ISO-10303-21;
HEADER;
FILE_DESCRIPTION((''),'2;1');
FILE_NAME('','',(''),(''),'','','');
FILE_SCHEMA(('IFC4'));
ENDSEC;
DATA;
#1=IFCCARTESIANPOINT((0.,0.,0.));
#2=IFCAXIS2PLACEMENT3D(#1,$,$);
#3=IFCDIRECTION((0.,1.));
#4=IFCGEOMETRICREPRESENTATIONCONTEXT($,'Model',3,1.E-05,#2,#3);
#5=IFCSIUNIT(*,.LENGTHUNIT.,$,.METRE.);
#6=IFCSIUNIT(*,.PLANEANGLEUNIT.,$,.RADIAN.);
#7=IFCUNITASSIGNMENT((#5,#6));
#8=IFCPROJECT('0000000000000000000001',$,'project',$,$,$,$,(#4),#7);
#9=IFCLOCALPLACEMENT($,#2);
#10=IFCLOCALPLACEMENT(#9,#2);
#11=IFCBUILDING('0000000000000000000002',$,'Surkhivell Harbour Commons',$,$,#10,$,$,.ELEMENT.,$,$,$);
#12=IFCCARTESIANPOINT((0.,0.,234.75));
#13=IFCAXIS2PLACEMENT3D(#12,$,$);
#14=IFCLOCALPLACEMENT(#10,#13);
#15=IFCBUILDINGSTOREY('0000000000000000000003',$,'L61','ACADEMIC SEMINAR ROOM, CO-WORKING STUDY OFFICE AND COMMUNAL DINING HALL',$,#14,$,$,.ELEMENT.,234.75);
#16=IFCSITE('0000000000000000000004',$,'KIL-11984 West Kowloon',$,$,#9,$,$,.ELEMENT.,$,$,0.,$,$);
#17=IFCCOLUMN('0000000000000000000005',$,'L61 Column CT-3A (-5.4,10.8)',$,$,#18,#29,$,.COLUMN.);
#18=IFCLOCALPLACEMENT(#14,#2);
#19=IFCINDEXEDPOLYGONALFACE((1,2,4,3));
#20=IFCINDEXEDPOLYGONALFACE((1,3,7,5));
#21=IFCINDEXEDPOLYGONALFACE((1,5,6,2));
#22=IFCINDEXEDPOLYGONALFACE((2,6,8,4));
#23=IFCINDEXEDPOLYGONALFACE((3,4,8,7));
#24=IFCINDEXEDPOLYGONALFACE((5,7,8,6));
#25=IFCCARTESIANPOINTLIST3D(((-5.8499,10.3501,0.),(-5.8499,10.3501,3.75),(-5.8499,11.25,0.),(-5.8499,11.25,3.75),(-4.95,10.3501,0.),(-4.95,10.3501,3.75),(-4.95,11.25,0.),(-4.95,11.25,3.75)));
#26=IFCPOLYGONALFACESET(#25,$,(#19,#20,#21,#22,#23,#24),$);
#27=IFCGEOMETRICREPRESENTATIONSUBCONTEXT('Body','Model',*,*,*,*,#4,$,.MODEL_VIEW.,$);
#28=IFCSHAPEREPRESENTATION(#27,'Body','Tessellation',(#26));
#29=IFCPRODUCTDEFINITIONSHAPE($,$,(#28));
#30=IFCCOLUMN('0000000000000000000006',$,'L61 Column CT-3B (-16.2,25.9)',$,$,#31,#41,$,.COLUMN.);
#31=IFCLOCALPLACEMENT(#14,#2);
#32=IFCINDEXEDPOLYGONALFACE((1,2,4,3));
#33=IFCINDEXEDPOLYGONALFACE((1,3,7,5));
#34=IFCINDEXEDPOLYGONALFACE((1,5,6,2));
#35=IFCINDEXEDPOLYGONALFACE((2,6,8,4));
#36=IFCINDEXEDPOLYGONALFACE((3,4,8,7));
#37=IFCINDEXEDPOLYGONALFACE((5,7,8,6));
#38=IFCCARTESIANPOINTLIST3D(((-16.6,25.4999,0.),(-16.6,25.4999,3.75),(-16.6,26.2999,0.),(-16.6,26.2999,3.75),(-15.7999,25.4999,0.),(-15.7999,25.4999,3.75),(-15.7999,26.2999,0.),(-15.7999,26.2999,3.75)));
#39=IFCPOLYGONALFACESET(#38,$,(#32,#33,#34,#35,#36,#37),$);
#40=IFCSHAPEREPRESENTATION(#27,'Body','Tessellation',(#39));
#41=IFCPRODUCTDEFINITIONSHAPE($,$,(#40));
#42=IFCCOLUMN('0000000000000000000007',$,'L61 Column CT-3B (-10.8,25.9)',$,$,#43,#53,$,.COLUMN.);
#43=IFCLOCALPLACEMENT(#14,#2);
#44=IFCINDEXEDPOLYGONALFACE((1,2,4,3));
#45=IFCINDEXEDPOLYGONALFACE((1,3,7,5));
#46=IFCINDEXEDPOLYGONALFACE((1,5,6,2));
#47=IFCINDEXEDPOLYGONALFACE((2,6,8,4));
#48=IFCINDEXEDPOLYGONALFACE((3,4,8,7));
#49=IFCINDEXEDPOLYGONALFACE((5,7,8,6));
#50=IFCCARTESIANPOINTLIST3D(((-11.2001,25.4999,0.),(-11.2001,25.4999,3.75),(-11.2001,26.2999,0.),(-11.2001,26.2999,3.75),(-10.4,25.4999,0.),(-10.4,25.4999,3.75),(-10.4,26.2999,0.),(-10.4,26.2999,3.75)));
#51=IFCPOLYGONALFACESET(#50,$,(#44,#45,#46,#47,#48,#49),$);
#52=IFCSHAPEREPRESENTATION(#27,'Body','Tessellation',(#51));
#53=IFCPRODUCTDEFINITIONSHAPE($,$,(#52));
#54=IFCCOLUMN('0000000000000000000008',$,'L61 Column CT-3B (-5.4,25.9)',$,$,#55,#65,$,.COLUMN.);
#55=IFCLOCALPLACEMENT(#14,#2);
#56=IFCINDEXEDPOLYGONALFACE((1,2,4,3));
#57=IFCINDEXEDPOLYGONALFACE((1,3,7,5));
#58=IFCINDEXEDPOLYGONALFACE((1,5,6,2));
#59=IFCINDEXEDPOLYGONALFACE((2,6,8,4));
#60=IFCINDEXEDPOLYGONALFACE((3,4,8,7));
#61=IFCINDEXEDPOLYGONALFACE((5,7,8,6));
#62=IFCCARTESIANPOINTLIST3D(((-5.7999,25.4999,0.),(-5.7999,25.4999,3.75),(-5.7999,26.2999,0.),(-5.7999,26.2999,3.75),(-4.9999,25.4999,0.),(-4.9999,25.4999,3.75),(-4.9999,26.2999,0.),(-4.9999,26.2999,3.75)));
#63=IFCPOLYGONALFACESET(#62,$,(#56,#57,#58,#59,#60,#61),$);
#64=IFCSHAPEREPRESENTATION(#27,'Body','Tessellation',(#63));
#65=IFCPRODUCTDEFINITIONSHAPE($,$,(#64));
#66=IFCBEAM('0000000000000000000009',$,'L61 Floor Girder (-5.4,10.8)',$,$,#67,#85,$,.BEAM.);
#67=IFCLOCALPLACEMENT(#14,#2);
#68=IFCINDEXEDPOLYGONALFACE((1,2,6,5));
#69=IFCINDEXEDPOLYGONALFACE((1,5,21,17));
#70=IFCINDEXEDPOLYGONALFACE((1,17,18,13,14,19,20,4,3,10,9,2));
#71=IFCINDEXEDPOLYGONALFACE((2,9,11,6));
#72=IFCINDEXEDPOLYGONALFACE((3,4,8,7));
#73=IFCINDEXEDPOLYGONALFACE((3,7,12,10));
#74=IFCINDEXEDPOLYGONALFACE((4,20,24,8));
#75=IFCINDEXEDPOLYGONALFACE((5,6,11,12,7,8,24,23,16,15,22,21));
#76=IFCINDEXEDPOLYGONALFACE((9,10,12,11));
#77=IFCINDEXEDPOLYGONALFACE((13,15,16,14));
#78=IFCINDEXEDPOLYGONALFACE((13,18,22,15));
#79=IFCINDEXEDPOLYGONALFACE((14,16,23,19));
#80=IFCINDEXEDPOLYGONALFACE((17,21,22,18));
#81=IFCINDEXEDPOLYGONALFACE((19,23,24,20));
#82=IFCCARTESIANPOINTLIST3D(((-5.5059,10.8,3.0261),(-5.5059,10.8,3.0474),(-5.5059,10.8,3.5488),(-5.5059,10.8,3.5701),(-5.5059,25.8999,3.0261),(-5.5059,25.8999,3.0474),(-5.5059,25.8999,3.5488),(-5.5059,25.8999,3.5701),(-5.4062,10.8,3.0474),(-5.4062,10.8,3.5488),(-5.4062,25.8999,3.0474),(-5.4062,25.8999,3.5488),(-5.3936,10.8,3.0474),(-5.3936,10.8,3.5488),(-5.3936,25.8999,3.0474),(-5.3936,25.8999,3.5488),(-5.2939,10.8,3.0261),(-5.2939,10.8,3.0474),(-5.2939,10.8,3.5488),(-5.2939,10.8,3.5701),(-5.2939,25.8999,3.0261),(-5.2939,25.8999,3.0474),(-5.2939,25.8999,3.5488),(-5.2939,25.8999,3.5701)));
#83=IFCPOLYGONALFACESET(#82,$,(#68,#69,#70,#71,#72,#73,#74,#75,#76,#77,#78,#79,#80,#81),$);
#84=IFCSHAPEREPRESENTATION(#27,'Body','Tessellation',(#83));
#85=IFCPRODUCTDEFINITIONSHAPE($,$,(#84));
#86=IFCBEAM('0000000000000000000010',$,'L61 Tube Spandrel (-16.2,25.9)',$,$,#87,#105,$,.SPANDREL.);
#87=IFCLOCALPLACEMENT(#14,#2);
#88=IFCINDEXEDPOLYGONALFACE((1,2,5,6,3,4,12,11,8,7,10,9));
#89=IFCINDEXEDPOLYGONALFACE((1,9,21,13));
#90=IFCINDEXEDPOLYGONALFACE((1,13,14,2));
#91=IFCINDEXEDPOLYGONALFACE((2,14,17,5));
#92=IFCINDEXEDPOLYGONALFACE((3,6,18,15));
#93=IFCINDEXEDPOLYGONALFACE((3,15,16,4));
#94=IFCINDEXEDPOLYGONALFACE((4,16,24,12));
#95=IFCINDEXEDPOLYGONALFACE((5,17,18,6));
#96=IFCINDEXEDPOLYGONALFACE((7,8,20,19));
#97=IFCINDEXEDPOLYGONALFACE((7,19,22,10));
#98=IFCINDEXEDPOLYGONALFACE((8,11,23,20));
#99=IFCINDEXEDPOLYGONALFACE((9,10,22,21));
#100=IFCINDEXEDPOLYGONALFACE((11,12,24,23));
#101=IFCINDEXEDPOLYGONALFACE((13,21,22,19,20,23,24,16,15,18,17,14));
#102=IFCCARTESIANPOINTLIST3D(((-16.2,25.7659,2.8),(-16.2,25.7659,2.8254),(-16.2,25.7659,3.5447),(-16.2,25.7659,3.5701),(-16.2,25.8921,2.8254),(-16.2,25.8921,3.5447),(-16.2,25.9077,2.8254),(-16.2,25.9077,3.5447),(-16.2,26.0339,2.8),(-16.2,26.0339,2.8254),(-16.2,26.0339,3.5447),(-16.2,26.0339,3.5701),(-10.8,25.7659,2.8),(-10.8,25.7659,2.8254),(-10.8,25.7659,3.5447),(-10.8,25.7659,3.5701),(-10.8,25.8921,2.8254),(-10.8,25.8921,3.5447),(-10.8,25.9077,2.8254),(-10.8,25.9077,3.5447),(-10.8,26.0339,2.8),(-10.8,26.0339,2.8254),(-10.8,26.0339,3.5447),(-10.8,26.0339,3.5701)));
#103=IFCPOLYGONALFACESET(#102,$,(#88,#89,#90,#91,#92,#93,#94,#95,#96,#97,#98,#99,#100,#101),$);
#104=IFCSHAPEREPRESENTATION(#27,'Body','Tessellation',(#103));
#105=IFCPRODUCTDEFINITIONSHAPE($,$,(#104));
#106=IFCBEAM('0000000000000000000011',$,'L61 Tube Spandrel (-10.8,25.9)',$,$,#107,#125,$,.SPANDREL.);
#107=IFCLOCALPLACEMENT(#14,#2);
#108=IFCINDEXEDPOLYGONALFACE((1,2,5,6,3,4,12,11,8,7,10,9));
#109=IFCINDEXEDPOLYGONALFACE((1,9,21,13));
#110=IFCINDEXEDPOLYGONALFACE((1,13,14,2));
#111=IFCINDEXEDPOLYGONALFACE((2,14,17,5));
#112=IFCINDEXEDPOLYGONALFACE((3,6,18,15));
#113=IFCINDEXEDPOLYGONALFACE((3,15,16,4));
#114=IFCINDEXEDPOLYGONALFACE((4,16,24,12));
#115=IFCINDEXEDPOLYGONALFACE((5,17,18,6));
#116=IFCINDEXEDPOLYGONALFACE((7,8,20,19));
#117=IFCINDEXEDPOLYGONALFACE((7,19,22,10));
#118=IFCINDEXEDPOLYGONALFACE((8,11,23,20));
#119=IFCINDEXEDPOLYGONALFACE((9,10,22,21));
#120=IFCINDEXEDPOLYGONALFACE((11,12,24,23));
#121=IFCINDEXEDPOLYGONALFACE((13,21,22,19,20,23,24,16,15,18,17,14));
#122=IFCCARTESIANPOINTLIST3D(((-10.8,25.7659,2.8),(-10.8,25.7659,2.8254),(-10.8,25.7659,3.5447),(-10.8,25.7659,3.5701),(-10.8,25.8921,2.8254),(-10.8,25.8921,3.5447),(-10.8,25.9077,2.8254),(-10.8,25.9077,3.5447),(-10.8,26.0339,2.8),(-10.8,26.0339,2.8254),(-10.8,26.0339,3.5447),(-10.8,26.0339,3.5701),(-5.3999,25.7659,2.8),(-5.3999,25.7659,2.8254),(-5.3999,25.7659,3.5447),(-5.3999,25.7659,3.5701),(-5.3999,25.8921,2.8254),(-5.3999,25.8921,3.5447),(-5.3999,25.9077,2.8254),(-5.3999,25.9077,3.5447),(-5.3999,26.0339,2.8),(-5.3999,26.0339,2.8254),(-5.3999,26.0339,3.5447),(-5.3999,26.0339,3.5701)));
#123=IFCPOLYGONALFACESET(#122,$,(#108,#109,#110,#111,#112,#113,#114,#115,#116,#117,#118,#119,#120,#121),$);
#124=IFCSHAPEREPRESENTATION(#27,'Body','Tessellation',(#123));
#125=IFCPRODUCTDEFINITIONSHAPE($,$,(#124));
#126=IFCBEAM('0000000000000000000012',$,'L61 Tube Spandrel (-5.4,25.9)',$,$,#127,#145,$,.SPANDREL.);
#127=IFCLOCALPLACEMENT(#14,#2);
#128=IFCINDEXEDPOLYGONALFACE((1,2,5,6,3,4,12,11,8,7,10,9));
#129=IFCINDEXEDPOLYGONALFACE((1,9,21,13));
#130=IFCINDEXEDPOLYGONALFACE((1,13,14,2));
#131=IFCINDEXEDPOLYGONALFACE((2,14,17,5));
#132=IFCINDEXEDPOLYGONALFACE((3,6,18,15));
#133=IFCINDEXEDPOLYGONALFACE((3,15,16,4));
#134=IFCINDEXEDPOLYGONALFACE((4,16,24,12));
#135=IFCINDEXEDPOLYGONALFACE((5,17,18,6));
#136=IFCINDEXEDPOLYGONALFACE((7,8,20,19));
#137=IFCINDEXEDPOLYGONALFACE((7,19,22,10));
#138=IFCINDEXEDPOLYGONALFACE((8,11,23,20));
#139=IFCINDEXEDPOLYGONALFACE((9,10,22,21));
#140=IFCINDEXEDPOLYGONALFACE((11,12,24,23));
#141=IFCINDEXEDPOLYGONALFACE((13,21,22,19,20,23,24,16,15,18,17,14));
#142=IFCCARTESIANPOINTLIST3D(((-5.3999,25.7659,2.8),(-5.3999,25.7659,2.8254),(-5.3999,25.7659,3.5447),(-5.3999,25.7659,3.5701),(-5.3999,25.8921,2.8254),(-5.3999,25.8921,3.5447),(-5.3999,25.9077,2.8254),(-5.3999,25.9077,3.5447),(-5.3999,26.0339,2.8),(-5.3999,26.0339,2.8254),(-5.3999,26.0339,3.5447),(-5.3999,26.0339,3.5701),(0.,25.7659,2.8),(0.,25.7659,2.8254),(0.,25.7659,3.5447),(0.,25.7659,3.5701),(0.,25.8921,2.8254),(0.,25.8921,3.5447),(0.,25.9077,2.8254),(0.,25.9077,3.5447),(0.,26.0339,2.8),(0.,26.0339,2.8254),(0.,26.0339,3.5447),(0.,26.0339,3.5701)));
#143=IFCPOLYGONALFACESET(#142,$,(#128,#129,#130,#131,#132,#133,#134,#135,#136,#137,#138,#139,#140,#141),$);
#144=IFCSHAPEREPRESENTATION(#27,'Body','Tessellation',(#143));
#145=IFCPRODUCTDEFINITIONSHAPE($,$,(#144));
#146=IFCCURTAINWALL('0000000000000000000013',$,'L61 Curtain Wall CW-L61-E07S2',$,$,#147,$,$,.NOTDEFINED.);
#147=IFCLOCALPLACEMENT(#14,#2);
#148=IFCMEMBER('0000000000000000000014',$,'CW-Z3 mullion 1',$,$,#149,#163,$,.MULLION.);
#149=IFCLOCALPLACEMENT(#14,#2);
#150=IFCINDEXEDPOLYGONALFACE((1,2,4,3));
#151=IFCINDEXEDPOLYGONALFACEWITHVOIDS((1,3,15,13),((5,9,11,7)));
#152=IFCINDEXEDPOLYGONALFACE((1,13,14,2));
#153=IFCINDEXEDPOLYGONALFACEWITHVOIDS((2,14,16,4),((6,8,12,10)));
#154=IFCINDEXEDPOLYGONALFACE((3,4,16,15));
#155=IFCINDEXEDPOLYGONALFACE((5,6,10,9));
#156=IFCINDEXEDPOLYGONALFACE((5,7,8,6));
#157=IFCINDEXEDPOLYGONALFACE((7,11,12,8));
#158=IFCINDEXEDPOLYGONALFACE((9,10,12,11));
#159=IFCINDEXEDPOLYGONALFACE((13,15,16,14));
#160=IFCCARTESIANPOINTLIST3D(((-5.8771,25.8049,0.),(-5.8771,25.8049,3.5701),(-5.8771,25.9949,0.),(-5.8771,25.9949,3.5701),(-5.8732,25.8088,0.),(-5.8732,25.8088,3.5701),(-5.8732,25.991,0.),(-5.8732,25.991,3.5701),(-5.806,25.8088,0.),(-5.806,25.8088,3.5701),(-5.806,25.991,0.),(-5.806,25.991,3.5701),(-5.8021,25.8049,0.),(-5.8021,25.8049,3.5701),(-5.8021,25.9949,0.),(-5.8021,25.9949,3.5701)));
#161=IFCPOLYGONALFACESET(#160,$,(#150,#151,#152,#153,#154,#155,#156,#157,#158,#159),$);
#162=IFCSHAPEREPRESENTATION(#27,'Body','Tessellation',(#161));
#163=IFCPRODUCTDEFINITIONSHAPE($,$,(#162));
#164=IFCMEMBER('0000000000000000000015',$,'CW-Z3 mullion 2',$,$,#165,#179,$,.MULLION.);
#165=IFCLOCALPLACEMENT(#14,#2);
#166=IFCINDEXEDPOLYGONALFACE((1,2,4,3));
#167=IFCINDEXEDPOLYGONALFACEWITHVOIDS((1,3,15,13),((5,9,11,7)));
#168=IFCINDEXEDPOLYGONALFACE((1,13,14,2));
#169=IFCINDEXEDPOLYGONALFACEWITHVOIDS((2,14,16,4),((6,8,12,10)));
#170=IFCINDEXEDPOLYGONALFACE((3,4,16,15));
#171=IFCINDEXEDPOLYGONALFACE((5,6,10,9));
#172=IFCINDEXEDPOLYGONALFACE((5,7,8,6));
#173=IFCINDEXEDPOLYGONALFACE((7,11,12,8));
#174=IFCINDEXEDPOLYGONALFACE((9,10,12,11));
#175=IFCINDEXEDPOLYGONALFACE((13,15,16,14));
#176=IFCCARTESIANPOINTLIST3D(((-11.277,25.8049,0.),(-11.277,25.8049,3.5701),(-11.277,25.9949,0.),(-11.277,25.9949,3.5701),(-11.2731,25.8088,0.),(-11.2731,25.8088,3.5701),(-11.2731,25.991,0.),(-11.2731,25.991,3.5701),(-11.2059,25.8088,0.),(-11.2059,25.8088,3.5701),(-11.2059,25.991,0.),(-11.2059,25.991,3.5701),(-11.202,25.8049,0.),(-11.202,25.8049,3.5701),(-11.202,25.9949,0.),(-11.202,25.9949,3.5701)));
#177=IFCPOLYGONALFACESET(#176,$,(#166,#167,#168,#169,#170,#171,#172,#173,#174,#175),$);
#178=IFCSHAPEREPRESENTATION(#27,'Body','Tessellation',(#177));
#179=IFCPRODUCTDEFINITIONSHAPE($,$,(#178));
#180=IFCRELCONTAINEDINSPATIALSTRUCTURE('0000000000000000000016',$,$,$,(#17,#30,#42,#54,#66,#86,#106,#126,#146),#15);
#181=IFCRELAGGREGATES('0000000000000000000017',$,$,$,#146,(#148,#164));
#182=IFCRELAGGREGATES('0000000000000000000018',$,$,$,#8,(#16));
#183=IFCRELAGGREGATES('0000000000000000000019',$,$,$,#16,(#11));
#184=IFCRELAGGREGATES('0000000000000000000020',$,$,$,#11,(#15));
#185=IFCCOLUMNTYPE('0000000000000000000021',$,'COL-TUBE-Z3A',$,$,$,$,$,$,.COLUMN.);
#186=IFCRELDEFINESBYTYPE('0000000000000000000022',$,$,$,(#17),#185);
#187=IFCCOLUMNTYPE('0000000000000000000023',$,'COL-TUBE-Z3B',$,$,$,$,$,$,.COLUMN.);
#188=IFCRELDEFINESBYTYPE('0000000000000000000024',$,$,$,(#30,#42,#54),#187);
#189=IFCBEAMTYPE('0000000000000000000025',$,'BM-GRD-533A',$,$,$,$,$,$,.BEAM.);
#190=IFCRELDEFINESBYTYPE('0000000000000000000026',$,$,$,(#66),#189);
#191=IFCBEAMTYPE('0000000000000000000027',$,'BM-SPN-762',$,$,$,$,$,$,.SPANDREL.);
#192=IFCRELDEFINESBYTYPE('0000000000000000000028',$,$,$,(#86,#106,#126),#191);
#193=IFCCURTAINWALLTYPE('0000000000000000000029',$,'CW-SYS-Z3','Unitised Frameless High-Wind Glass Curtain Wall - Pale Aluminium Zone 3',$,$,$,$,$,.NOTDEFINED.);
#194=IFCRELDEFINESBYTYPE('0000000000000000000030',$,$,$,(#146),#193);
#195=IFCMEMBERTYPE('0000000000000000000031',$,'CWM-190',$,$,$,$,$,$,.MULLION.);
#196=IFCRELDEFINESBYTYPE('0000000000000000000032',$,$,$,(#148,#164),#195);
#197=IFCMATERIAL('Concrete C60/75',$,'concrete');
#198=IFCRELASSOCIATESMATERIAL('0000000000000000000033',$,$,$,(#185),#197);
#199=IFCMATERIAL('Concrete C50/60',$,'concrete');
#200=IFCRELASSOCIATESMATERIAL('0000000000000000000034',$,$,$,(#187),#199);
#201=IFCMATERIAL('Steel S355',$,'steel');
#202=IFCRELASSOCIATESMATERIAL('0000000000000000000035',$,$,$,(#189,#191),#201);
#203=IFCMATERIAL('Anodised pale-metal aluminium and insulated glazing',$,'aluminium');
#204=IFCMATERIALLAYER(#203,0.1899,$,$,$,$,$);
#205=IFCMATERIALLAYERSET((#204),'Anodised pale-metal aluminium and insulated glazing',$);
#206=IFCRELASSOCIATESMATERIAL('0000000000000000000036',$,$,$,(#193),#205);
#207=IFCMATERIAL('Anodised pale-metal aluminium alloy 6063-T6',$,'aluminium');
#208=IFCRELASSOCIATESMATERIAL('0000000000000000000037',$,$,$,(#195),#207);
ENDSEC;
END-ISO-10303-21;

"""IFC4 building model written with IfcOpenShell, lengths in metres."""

from ifc_helpers import new_model, si_unit, direction, frame, origin, origin_2d, place, context, subcontext, project, spatial, rectangle, hollow_rectangle, i_section, extrude, material, layer, layer_set, material_profile, profile_set, type_object, element, aggregate, save


model = new_model("IFC4")

# Units and contexts
model_context = context("Model", 3, precision=1e-05, world=origin(), true_north=direction((0.0, 1.0)))
body_context = subcontext(model_context, "Body", "Model", "MODEL_VIEW")
ifc_project = project(units=[si_unit("LENGTHUNIT", "METRE"), si_unit("PLANEANGLEUNIT", "RADIAN")], contexts=[model_context])

# Site, building, storey
site_placement = place(None, origin())
site = spatial("IfcSite", under=ifc_project, at=site_placement, Name="KIL-11984 West Kowloon", CompositionType="ELEMENT", RefElevation=0.0)
building_placement = place(site_placement, origin())
building = spatial("IfcBuilding", under=site, at=building_placement, Name="Surkhivell Harbour Commons", CompositionType="ELEMENT")
storey_placement = place(building_placement, frame((0.0, 0.0, 234.75)))
storey = spatial("IfcBuildingStorey", under=building, at=storey_placement, Name="L61", Description="ACADEMIC SEMINAR ROOM, CO-WORKING STUDY OFFICE AND COMMUNAL DINING HALL", CompositionType="ELEMENT", Elevation=234.75)

# Columns
ifc_material_1 = material(Name="Concrete C60/75", Category="concrete")
ifc_material_profile_1 = material_profile(ifc_material_1, rectangle(XDim=0.8999, YDim=0.8999, at=origin_2d()), Name="RC-COL-900x900")
ifc_profile_set_1 = profile_set([ifc_material_profile_1], Name="Concrete C60/75")
column_type_1 = type_object("IfcColumnType", Name="COL-TUBE-Z3A", PredefinedType="COLUMN", material=ifc_profile_set_1)
column_placement = place(storey_placement, frame((-5.3999, 10.8, 0.0), z_axis=(0.0, 0.0, 1.0), x_axis=(1.0, 0.0, 0.0)))
element("IfcColumn", 1, at=column_placement, inside=storey, type_object=column_type_1, Name="L61 Column CT-3A (-5.4,10.8)", PredefinedType="COLUMN", context=body_context, shape_type="SweptSolid", body=[
    extrude(rectangle(XDim=0.8999, YDim=0.8999, at=origin_2d()), origin(), (0.0, 0.0, 1.0), 3.75),
])
ifc_material_2 = material(Name="Concrete C50/60", Category="concrete")
ifc_material_profile_2 = material_profile(ifc_material_2, rectangle(XDim=0.8, YDim=0.8, at=origin_2d()), Name="RC-COL-800x800")
ifc_profile_set_2 = profile_set([ifc_material_profile_2], Name="Concrete C50/60")
column_type_2 = type_object("IfcColumnType", Name="COL-TUBE-Z3B", PredefinedType="COLUMN", material=ifc_profile_set_2)
for number, where, z_axis, x_axis, name in (
    (2, (-16.2, 25.8999, 0.0), (0.0, 0.0, 1.0), (1.0, 0.0, 0.0), "L61 Column CT-3B (-16.2,25.9)"),
    (3, (-10.8, 25.8999, 0.0), (0.0, 0.0, 1.0), (1.0, 0.0, 0.0), "L61 Column CT-3B (-10.8,25.9)"),
    (4, (-5.3999, 25.8999, 0.0), (0.0, 0.0, 1.0), (1.0, 0.0, 0.0), "L61 Column CT-3B (-5.4,25.9)"),
):
    element("IfcColumn", number, at=place(storey_placement, frame(where, z_axis=z_axis, x_axis=x_axis)), inside=storey, type_object=column_type_2, Name=name, PredefinedType="COLUMN", context=body_context, shape_type="SweptSolid", body=[
        extrude(rectangle(XDim=0.8, YDim=0.8, at=origin_2d()), origin(), (0.0, 0.0, 1.0), 3.75),
    ])

# Beams
ifc_material_3 = material(Name="Steel S355", Category="steel")
ifc_material_profile_3 = material_profile(ifc_material_3, i_section(OverallWidth=0.2119, OverallDepth=0.5439, WebThickness=0.0127, FlangeThickness=0.0212, at=origin_2d()), Name="UB533x210x122")
ifc_profile_set_3 = profile_set([ifc_material_profile_3], Name="Steel S355")
beam_type_1 = type_object("IfcBeamType", Name="BM-GRD-533A", PredefinedType="BEAM", material=ifc_profile_set_3)
beam_1_placement = place(storey_placement, frame((-5.3999, 10.8, 3.2981), z_axis=(0.0, 1.0, 0.0), x_axis=(-1.0, 0.0, 0.0)))
element("IfcBeam", 5, at=beam_1_placement, inside=storey, type_object=beam_type_1, Name="L61 Floor Girder (-5.4,10.8)", PredefinedType="BEAM", context=body_context, shape_type="SweptSolid", body=[
    extrude(i_section(OverallWidth=0.2119, OverallDepth=0.5439, WebThickness=0.0127, FlangeThickness=0.0212, at=origin_2d()), origin(), (0.0, 0.0, 1.0), 15.0999),
])
ifc_material_profile_4 = material_profile(ifc_material_3, i_section(OverallWidth=0.2681, OverallDepth=0.77, WebThickness=0.0156, FlangeThickness=0.0254, at=origin_2d()), Name="UB762x267x197")
ifc_profile_set_4 = profile_set([ifc_material_profile_4], Name="Steel S355")
beam_type_2 = type_object("IfcBeamType", Name="BM-SPN-762", PredefinedType="SPANDREL", material=ifc_profile_set_4)
beam_2_placement = place(storey_placement, frame((-16.2, 25.8999, 3.1851), z_axis=(1.0, 0.0, 0.0), x_axis=(0.0, 1.0, 0.0)))
element("IfcBeam", 6, at=beam_2_placement, inside=storey, type_object=beam_type_2, Name="L61 Tube Spandrel (-16.2,25.9)", PredefinedType="SPANDREL", context=body_context, shape_type="SweptSolid", body=[
    extrude(i_section(OverallWidth=0.2681, OverallDepth=0.77, WebThickness=0.0156, FlangeThickness=0.0254, at=origin_2d()), origin(), (0.0, 0.0, 1.0), 5.3999),
])
beam_3_placement = place(storey_placement, frame((-10.8, 25.8999, 3.1851), z_axis=(1.0, 0.0, 0.0), x_axis=(0.0, 1.0, 0.0)))
element("IfcBeam", 7, at=beam_3_placement, inside=storey, type_object=beam_type_2, Name="L61 Tube Spandrel (-10.8,25.9)", PredefinedType="SPANDREL", context=body_context, shape_type="SweptSolid", body=[
    extrude(i_section(OverallWidth=0.2681, OverallDepth=0.77, WebThickness=0.0156, FlangeThickness=0.0254, at=origin_2d()), origin(), (0.0, 0.0, 1.0), 5.4001),
])
beam_4_placement = place(storey_placement, frame((-5.3999, 25.8999, 3.1851), z_axis=(1.0, 0.0, 0.0), x_axis=(0.0, 1.0, 0.0)))
element("IfcBeam", 8, at=beam_4_placement, inside=storey, type_object=beam_type_2, Name="L61 Tube Spandrel (-5.4,25.9)", PredefinedType="SPANDREL", context=body_context, shape_type="SweptSolid", body=[
    extrude(i_section(OverallWidth=0.2681, OverallDepth=0.77, WebThickness=0.0156, FlangeThickness=0.0254, at=origin_2d()), origin(), (0.0, 0.0, 1.0), 5.3999),
])

# Curtain wall, members
ifc_material_4 = material(Name="Anodised pale-metal aluminium and insulated glazing", Category="aluminium")
ifc_layer_1 = layer(ifc_material_4, 0.1899)
ifc_layer_set_1 = layer_set([ifc_layer_1], Name="Anodised pale-metal aluminium and insulated glazing")
curtain_wall_type = type_object("IfcCurtainWallType", Name="CW-SYS-Z3", Description="Unitised Frameless High-Wind Glass Curtain Wall - Pale Aluminium Zone 3", PredefinedType="NOTDEFINED", material=ifc_layer_set_1)
curtain_wall_placement = place(storey_placement, origin())
curtain_wall = element("IfcCurtainWall", 9, at=curtain_wall_placement, inside=storey, type_object=curtain_wall_type, Name="L61 Curtain Wall CW-L61-E07S2", PredefinedType="NOTDEFINED")
ifc_material_5 = material(Name="Anodised pale-metal aluminium alloy 6063-T6", Category="aluminium")
ifc_material_profile_5 = material_profile(ifc_material_5, hollow_rectangle(XDim=0.075, YDim=0.1899, WallThickness=0.0039, at=origin_2d()), Name="ALU-MULL-75x190")
ifc_profile_set_5 = profile_set([ifc_material_profile_5], Name="Anodised pale-metal aluminium alloy 6063-T6")
member_type_1 = type_object("IfcMemberType", Name="CWM-190", PredefinedType="MULLION", material=ifc_profile_set_5)
member_1_placement = place(storey_placement, frame((-5.8396, 25.8999, 0.0), z_axis=(0.0, 0.0, 1.0), x_axis=(-1.0, 0.0, 0.0)))
member_1 = element("IfcMember", 10, at=member_1_placement, type_object=member_type_1, Name="CW-Z3 mullion 1", PredefinedType="MULLION", context=body_context, shape_type="SweptSolid", body=[
    extrude(hollow_rectangle(XDim=0.075, YDim=0.1899, WallThickness=0.0039, at=origin_2d()), origin(), (0.0, 0.0, 1.0), 3.5701),
])
member_2_placement = place(storey_placement, frame((-11.2395, 25.8999, 0.0), z_axis=(0.0, 0.0, 1.0), x_axis=(-1.0, 0.0, 0.0)))
member_2 = element("IfcMember", 11, at=member_2_placement, type_object=member_type_1, Name="CW-Z3 mullion 2", PredefinedType="MULLION", context=body_context, shape_type="SweptSolid", body=[
    extrude(hollow_rectangle(XDim=0.075, YDim=0.1899, WallThickness=0.0039, at=origin_2d()), origin(), (0.0, 0.0, 1.0), 3.5701),
])

aggregate(curtain_wall, [member_1, member_2])

save(model, "model.ifc")
